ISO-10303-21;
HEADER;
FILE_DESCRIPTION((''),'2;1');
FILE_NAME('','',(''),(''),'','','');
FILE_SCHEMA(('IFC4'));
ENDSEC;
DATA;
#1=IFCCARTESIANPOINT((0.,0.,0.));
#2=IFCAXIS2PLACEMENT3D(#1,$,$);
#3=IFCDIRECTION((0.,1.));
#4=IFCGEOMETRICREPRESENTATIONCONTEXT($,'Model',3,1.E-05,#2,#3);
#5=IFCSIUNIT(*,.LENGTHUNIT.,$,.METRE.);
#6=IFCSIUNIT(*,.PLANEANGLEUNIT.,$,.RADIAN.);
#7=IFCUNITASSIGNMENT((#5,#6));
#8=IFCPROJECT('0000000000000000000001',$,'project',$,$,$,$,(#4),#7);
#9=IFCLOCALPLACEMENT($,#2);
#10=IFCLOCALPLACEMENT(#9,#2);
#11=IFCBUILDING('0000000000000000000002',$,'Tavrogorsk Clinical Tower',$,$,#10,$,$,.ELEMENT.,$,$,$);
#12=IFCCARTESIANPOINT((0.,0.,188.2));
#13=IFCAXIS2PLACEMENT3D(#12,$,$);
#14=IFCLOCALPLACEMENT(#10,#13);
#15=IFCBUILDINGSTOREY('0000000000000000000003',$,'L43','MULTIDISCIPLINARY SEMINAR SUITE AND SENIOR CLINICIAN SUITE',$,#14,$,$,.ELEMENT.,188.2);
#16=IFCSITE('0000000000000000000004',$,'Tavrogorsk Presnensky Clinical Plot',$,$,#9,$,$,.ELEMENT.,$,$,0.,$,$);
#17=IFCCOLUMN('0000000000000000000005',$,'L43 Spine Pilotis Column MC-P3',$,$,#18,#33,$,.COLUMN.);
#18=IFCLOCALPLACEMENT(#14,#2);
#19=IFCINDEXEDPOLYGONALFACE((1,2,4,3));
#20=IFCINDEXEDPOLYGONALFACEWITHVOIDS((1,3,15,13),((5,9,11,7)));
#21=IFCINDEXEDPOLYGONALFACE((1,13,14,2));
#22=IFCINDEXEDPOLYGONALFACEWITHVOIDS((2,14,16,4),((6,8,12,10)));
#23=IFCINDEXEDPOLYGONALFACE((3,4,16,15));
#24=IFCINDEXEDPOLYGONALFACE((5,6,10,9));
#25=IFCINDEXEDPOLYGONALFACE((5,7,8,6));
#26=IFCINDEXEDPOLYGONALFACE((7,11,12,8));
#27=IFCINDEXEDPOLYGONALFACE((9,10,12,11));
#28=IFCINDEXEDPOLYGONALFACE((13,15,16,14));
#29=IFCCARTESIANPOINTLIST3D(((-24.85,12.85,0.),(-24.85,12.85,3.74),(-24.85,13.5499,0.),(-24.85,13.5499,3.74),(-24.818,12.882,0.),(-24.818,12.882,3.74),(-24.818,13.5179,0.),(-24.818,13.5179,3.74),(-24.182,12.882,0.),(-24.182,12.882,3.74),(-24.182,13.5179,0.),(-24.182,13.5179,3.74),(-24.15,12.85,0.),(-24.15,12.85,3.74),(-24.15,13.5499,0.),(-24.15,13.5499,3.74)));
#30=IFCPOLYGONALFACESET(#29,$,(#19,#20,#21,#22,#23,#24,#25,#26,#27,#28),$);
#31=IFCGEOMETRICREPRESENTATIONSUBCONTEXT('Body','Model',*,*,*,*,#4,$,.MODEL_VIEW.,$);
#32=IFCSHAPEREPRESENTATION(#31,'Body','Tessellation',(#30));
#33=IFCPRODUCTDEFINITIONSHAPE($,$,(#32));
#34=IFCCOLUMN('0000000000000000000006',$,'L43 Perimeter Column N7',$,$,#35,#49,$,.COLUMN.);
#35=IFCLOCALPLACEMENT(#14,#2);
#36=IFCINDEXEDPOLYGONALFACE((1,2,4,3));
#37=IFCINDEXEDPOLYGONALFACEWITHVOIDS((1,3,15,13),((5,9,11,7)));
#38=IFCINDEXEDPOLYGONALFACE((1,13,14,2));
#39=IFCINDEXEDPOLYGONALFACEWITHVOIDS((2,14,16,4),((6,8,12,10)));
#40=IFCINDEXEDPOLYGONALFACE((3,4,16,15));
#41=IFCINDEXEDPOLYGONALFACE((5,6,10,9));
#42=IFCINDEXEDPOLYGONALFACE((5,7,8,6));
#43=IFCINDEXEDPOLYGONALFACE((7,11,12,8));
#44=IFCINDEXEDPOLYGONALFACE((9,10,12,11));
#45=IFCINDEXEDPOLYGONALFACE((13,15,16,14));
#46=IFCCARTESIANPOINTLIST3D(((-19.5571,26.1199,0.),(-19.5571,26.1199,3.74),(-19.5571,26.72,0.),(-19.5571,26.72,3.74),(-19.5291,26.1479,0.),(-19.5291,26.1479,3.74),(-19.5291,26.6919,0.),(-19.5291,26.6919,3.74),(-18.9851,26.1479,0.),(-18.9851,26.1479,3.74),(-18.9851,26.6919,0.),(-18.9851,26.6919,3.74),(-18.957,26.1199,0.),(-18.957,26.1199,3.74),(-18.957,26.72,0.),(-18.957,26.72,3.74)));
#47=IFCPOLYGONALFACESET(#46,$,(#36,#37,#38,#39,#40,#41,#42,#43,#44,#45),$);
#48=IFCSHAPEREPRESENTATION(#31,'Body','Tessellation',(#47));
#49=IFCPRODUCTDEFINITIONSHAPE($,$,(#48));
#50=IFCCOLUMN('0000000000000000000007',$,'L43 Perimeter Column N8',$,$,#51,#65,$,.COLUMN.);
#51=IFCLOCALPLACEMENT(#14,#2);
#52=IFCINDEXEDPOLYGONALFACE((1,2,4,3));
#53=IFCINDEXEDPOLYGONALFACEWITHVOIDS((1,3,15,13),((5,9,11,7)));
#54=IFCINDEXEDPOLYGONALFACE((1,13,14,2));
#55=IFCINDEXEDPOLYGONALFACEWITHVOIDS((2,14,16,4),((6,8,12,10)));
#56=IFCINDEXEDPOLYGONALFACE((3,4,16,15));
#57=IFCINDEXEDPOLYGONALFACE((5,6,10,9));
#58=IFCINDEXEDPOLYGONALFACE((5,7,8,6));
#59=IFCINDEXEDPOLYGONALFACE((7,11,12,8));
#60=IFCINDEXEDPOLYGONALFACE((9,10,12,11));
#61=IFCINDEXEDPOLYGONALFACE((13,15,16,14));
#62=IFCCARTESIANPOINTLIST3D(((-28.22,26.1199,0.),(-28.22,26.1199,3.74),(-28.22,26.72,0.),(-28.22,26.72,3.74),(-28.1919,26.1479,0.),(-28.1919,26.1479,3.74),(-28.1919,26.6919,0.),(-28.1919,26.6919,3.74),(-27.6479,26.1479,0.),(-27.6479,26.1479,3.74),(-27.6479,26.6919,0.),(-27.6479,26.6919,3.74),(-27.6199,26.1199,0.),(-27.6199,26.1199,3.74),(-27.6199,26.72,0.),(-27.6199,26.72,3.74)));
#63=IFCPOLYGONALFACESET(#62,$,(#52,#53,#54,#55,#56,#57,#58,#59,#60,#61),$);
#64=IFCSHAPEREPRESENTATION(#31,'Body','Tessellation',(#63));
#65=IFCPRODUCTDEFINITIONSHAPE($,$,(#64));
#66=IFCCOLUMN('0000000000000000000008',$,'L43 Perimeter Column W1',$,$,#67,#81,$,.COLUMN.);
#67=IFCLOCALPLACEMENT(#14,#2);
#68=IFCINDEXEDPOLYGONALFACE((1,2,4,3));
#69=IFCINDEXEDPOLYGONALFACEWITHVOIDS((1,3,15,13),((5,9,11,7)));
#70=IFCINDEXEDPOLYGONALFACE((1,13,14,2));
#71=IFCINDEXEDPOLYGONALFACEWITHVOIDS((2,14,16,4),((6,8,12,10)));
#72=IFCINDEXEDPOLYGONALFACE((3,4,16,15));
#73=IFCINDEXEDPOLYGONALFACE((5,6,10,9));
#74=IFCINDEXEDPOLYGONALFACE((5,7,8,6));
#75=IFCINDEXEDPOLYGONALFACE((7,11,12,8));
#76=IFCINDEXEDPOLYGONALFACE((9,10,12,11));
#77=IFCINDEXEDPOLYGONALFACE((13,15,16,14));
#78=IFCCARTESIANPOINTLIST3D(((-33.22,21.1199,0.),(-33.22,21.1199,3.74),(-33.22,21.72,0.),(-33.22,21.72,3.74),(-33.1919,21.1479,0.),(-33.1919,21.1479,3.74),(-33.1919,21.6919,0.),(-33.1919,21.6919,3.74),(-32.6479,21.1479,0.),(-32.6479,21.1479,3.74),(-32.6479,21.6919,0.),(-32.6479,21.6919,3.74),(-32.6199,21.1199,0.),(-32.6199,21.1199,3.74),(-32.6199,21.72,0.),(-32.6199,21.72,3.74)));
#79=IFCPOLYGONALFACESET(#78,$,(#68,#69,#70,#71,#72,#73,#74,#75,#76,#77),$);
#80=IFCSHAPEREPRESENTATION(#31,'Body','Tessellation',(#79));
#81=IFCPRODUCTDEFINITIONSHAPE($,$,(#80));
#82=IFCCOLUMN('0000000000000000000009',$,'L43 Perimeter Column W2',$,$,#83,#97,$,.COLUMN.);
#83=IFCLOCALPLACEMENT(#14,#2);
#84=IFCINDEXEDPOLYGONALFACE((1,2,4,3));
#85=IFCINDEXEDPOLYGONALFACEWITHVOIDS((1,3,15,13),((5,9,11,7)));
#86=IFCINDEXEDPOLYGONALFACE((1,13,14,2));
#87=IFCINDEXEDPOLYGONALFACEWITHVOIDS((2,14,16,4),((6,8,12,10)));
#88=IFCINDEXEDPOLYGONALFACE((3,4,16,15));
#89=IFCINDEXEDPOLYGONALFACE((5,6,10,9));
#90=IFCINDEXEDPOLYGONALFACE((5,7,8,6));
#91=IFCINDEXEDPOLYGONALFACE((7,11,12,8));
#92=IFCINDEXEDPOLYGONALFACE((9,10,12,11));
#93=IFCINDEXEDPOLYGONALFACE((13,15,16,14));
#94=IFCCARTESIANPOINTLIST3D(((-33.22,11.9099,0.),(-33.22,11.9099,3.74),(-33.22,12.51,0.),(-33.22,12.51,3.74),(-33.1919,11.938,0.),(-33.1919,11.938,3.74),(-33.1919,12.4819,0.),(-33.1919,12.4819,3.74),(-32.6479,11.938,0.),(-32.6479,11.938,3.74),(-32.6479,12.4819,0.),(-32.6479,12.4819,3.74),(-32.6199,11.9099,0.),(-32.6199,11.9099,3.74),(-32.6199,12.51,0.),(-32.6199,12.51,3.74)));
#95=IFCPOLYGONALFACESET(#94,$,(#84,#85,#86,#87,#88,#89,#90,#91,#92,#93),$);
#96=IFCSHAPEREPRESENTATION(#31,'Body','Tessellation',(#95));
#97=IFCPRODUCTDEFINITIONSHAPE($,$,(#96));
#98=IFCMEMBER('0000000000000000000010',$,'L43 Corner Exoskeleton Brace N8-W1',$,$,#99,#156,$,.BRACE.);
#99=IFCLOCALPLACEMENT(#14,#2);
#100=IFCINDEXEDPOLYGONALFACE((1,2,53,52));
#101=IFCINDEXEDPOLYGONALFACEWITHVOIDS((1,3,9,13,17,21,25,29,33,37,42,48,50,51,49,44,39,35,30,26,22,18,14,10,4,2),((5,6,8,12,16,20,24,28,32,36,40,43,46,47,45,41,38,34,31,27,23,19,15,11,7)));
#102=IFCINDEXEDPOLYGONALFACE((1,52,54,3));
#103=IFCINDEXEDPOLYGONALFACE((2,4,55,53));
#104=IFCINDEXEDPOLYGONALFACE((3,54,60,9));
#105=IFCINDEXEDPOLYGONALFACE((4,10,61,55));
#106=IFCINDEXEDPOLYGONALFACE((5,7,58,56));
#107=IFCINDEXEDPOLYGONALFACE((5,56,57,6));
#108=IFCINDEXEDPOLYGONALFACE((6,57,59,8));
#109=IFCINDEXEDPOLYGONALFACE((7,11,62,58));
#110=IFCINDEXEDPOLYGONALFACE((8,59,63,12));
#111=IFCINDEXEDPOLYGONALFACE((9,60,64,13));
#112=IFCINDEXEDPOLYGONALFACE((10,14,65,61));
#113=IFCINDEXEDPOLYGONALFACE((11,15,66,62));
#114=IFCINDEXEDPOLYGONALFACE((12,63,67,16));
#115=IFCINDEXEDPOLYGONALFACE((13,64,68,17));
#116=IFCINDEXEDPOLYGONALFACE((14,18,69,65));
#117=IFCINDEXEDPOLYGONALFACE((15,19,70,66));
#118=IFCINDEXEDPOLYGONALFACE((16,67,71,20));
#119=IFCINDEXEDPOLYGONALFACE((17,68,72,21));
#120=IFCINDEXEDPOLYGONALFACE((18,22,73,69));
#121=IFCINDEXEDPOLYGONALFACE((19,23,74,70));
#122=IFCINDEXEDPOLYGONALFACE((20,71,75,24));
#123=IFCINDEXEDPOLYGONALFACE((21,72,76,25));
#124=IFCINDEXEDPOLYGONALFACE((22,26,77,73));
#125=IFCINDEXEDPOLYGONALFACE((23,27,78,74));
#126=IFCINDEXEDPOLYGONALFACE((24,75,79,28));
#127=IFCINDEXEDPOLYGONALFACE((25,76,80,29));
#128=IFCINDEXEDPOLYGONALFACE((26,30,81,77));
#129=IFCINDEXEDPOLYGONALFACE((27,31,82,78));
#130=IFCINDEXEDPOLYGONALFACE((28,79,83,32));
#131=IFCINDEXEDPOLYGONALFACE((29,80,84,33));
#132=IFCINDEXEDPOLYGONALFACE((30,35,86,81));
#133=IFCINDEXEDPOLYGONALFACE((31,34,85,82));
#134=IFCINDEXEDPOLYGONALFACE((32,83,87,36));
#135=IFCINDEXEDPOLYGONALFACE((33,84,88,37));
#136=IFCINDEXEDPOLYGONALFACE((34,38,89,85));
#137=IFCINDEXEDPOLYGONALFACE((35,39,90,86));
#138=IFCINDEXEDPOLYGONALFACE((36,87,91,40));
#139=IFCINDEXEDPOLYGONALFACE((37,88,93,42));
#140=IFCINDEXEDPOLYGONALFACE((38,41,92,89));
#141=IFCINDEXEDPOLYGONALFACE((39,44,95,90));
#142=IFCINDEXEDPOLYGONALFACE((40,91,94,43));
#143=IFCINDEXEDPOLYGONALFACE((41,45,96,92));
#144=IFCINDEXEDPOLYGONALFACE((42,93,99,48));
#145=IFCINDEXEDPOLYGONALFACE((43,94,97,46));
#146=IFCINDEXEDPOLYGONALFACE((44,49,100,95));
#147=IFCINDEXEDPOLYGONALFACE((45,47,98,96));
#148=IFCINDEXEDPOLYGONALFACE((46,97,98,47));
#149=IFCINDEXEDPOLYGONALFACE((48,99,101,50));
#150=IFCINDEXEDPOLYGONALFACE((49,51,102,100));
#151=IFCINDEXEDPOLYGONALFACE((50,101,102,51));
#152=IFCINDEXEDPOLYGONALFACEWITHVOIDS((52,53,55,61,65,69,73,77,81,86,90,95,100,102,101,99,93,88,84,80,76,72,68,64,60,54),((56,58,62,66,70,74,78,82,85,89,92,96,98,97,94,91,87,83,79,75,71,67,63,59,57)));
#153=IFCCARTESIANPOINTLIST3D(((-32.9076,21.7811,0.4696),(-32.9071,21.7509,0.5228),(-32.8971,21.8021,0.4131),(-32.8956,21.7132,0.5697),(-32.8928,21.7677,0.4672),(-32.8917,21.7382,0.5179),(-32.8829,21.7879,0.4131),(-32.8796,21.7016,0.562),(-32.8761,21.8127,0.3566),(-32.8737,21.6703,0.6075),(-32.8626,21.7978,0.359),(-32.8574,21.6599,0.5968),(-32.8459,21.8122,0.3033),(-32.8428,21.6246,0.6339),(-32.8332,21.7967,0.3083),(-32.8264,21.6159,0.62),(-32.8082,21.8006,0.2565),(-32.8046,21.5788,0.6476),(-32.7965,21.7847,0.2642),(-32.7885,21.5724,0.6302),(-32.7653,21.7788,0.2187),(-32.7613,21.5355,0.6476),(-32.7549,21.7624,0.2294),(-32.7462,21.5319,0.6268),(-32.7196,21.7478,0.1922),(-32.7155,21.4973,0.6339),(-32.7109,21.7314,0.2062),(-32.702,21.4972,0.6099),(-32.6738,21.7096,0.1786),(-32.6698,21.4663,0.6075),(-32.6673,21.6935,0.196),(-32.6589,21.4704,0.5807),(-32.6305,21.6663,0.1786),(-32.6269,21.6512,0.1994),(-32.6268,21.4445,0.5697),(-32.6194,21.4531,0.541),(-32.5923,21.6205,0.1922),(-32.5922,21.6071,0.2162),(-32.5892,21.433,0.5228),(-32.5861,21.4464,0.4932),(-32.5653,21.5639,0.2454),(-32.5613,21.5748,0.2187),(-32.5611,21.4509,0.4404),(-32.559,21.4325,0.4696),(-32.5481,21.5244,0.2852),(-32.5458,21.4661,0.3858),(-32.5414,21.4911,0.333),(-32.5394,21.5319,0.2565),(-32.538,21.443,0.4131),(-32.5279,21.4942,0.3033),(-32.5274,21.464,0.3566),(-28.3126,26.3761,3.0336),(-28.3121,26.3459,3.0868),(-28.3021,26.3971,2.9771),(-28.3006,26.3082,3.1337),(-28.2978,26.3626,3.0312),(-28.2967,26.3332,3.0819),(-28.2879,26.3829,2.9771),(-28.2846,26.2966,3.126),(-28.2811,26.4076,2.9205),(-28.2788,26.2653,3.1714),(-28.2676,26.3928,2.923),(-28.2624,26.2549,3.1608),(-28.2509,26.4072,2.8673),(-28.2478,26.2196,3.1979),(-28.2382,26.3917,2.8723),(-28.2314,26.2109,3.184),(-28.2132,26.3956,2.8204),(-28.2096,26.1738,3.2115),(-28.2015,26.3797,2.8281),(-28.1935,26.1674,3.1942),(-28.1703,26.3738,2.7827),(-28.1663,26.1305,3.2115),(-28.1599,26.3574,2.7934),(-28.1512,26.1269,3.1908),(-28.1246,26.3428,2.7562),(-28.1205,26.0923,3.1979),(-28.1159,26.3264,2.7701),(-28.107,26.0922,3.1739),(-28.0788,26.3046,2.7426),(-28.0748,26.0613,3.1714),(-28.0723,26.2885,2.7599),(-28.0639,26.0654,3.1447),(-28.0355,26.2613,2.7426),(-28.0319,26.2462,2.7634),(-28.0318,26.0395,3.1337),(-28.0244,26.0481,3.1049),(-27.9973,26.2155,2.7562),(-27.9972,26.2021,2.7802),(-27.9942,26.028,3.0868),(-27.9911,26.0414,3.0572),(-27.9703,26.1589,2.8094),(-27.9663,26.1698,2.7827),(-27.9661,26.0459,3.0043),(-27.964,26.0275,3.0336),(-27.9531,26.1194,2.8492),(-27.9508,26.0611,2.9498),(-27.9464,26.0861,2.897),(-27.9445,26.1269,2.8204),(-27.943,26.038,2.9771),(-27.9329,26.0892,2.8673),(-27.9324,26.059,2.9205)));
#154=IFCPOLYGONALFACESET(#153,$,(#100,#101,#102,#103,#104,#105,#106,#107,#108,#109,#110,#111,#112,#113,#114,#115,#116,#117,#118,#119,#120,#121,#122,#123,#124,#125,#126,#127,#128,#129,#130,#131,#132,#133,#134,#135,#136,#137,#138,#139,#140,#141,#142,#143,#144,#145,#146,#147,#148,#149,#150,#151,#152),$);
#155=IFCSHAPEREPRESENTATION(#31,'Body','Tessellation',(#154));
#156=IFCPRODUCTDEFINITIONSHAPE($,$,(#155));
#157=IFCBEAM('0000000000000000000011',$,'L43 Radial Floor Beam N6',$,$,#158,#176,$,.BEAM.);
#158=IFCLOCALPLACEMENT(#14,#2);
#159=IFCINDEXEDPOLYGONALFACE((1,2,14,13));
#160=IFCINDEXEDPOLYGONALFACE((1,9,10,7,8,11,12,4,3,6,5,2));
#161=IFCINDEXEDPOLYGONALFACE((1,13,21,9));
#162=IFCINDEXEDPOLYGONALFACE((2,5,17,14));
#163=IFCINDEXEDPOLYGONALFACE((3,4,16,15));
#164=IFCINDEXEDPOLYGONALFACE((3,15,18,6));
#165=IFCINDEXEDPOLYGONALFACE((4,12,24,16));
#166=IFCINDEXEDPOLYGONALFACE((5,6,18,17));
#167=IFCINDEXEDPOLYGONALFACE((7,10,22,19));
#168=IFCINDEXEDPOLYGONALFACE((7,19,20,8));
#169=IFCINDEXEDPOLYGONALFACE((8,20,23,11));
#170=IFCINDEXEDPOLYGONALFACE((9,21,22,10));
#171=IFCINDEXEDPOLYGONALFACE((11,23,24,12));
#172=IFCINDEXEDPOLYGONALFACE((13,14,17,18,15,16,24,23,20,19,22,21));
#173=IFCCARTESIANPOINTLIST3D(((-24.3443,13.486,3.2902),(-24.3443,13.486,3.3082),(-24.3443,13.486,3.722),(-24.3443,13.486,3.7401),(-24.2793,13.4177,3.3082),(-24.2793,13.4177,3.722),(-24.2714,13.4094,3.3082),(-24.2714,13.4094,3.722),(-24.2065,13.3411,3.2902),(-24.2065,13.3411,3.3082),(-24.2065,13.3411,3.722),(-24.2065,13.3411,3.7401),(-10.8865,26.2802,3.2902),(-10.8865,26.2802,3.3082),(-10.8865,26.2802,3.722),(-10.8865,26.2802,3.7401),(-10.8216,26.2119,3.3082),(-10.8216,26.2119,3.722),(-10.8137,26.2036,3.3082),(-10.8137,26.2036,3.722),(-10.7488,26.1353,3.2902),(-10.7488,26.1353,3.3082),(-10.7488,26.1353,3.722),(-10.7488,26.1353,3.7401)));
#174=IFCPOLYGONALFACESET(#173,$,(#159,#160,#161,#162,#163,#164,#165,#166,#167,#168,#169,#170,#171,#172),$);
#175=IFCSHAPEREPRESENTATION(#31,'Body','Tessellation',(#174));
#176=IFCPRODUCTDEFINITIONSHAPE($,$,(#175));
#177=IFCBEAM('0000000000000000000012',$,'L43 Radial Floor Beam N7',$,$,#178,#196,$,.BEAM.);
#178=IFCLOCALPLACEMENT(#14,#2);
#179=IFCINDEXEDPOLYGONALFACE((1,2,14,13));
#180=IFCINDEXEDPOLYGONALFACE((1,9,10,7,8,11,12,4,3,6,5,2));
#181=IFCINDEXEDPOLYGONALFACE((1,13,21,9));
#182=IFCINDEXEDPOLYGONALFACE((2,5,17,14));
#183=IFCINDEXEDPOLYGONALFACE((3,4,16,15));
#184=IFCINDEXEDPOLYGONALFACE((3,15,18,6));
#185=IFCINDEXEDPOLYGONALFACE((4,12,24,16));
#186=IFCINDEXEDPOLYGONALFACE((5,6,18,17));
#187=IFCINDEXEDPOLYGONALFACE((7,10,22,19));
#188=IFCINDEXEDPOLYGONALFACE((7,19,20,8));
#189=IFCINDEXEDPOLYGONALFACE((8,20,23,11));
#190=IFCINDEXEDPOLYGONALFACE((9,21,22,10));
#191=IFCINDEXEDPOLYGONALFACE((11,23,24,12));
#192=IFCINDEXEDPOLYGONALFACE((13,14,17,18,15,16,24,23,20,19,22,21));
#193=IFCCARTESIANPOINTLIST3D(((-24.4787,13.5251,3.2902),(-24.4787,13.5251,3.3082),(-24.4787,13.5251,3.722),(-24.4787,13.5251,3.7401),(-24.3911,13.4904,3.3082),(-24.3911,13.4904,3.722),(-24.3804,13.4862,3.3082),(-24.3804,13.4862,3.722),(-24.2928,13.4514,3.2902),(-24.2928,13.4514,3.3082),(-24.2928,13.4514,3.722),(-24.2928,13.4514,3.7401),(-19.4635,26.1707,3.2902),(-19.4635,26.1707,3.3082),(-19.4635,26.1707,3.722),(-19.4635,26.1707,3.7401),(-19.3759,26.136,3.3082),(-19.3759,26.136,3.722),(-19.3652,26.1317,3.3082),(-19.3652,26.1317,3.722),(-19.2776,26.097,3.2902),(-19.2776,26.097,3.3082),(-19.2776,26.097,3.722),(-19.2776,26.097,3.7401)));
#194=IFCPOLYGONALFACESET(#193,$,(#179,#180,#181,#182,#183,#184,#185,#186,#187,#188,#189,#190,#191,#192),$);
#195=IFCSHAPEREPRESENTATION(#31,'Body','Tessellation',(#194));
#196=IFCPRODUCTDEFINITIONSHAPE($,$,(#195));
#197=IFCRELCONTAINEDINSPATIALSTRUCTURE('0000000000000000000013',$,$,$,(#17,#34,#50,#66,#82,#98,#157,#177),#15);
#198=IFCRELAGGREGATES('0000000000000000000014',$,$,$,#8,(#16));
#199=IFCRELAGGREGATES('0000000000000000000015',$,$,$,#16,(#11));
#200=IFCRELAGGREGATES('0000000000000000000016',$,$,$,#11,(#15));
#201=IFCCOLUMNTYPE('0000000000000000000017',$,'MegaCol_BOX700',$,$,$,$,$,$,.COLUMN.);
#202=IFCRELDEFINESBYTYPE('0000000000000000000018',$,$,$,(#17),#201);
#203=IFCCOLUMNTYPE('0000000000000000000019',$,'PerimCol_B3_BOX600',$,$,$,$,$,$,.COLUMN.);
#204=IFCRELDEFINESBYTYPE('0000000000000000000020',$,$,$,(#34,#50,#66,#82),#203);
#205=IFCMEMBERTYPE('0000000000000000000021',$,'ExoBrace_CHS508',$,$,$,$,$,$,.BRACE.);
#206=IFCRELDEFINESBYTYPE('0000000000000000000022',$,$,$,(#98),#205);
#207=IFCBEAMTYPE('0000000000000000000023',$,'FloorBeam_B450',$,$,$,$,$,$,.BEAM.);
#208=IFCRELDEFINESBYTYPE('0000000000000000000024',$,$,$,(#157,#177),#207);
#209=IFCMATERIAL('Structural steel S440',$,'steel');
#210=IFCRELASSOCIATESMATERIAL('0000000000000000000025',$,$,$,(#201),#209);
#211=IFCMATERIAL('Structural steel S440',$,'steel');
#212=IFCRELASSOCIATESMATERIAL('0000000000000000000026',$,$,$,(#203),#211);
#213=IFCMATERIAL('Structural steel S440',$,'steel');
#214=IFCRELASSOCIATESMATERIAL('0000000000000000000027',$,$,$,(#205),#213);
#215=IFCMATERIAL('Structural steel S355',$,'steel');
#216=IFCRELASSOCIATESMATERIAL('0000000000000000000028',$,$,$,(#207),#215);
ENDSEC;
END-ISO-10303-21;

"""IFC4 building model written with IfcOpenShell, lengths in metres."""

from ifc_helpers import new_model, si_unit, direction, frame, origin, origin_2d, place, context, subcontext, project, spatial, hollow_rectangle, hollow_circle, i_section, extrude, material, material_profile, profile_set, type_object, element, save


model = new_model("IFC4")

# Units and contexts
model_context = context("Model", 3, precision=1e-05, world=origin(), true_north=direction((0.0, 1.0)))
body_context = subcontext(model_context, "Body", "Model", "MODEL_VIEW")
ifc_project = project(units=[si_unit("LENGTHUNIT", "METRE"), si_unit("PLANEANGLEUNIT", "RADIAN")], contexts=[model_context])

# Site, building, storey
site_placement = place(None, origin())
site = spatial("IfcSite", under=ifc_project, at=site_placement, Name="Tavrogorsk Presnensky Clinical Plot", CompositionType="ELEMENT", RefElevation=0.0)
building_placement = place(site_placement, origin())
building = spatial("IfcBuilding", under=site, at=building_placement, Name="Tavrogorsk Clinical Tower", CompositionType="ELEMENT")
storey_placement = place(building_placement, frame((0.0, 0.0, 188.2)))
storey = spatial("IfcBuildingStorey", under=building, at=storey_placement, Name="L43", Description="MULTIDISCIPLINARY SEMINAR SUITE AND SENIOR CLINICIAN SUITE", CompositionType="ELEMENT", Elevation=188.2)

# Columns
ifc_material_1 = material(Name="Structural steel S440", Category="steel")
ifc_material_profile_1 = material_profile(ifc_material_1, hollow_rectangle(XDim=0.7, YDim=0.7, WallThickness=0.032, at=origin_2d()), Name="BOX-700x700x32")
ifc_profile_set_1 = profile_set([ifc_material_profile_1], Name="Structural steel S440")
column_type_1 = type_object("IfcColumnType", Name="MegaCol_BOX700", PredefinedType="COLUMN", material=ifc_profile_set_1)
column_placement = place(storey_placement, frame((-24.5, 13.2, 0.0), z_axis=(0.0, 0.0, 1.0), x_axis=(1.0, 0.0, 0.0)))
element("IfcColumn", 1, at=column_placement, inside=storey, type_object=column_type_1, Name="L43 Spine Pilotis Column MC-P3", PredefinedType="COLUMN", context=body_context, shape_type="SweptSolid", body=[
    extrude(hollow_rectangle(XDim=0.7, YDim=0.7, WallThickness=0.032, at=origin_2d()), origin(), (0.0, 0.0, 1.0), 3.74),
])
ifc_material_2 = material(Name="Structural steel S440", Category="steel")
ifc_material_profile_2 = material_profile(ifc_material_2, hollow_rectangle(XDim=0.6001, YDim=0.6001, WallThickness=0.0281, at=origin_2d()), Name="BOX-600x600x28")
ifc_profile_set_2 = profile_set([ifc_material_profile_2], Name="Structural steel S440")
column_type_2 = type_object("IfcColumnType", Name="PerimCol_B3_BOX600", PredefinedType="COLUMN", material=ifc_profile_set_2)
for number, where, z_axis, x_axis, name in (
    (2, (-19.2571, 26.4199, 0.0), (0.0, 0.0, 1.0), (1.0, 0.0, 0.0), "L43 Perimeter Column N7"),
    (3, (-27.9199, 26.4199, 0.0), (0.0, 0.0, 1.0), (1.0, 0.0, 0.0), "L43 Perimeter Column N8"),
    (4, (-32.9199, 21.4199, 0.0), (0.0, 0.0, 1.0), (1.0, 0.0, 0.0), "L43 Perimeter Column W1"),
    (5, (-32.9199, 12.21, 0.0), (0.0, 0.0, 1.0), (1.0, 0.0, 0.0), "L43 Perimeter Column W2"),
):
    element("IfcColumn", number, at=place(storey_placement, frame(where, z_axis=z_axis, x_axis=x_axis)), inside=storey, type_object=column_type_2, Name=name, PredefinedType="COLUMN", context=body_context, shape_type="SweptSolid", body=[
        extrude(hollow_rectangle(XDim=0.6001, YDim=0.6001, WallThickness=0.0281, at=origin_2d()), origin(), (0.0, 0.0, 1.0), 3.74),
    ])

# Member
ifc_material_3 = material(Name="Structural steel S440", Category="steel")
ifc_material_profile_3 = material_profile(ifc_material_3, hollow_circle(Radius=0.2539, WallThickness=0.02, at=origin_2d()), Name="CHS-508x20")
ifc_profile_set_3 = profile_set([ifc_material_profile_3], Name="Structural steel S440")
member_type = type_object("IfcMemberType", Name="ExoBrace_CHS508", PredefinedType="BRACE", material=ifc_profile_set_3)
member_placement = place(storey_placement, frame((-32.7175, 21.6226, 0.4131), z_axis=(0.657759, 0.657759, 0.367025), x_axis=(-0.707107, 0.707107, 0.0)))
element("IfcMember", 6, at=member_placement, inside=storey, type_object=member_type, Name="L43 Corner Exoskeleton Brace N8-W1", PredefinedType="BRACE", context=body_context, shape_type="SweptSolid", body=[
    extrude(hollow_circle(Radius=0.2539, WallThickness=0.02, at=origin_2d()), origin(), (0.0, 0.0, 1.0), 6.9858),
])

# Beams
ifc_material_4 = material(Name="Structural steel S355", Category="steel")
ifc_material_profile_4 = material_profile(ifc_material_4, i_section(OverallWidth=0.2, OverallDepth=0.45, WebThickness=0.0115, FlangeThickness=0.0181, at=origin_2d()), Name="B-450x200x11.5x18")
ifc_profile_set_4 = profile_set([ifc_material_profile_4], Name="Structural steel S355")
beam_type_1 = type_object("IfcBeamType", Name="FloorBeam_B450", PredefinedType="BEAM", material=ifc_profile_set_4)
beam_1_placement = place(storey_placement, frame((-24.2754, 13.4136, 3.5151), z_axis=(0.724749, 0.689013, 0.0), x_axis=(-0.689013, 0.724749, 0.0)))
element("IfcBeam", 7, at=beam_1_placement, inside=storey, type_object=beam_type_1, Name="L43 Radial Floor Beam N6", PredefinedType="BEAM", context=body_context, shape_type="SweptSolid", body=[
    extrude(i_section(OverallWidth=0.2, OverallDepth=0.45, WebThickness=0.0115, FlangeThickness=0.0181, at=origin_2d()), origin(), (0.0, 0.0, 1.0), 18.5688),
])
beam_2_placement = place(storey_placement, frame((-24.3857, 13.4883, 3.5151), z_axis=(0.36866, 0.929564, 0.0), x_axis=(-0.929564, 0.36866, 0.0)))
element("IfcBeam", 8, at=beam_2_placement, inside=storey, type_object=beam_type_1, Name="L43 Radial Floor Beam N7", PredefinedType="BEAM", context=body_context, shape_type="SweptSolid", body=[
    extrude(i_section(OverallWidth=0.2, OverallDepth=0.45, WebThickness=0.0115, FlangeThickness=0.0181, at=origin_2d()), origin(), (0.0, 0.0, 1.0), 13.6038),
])

save(model, "model.ifc")
